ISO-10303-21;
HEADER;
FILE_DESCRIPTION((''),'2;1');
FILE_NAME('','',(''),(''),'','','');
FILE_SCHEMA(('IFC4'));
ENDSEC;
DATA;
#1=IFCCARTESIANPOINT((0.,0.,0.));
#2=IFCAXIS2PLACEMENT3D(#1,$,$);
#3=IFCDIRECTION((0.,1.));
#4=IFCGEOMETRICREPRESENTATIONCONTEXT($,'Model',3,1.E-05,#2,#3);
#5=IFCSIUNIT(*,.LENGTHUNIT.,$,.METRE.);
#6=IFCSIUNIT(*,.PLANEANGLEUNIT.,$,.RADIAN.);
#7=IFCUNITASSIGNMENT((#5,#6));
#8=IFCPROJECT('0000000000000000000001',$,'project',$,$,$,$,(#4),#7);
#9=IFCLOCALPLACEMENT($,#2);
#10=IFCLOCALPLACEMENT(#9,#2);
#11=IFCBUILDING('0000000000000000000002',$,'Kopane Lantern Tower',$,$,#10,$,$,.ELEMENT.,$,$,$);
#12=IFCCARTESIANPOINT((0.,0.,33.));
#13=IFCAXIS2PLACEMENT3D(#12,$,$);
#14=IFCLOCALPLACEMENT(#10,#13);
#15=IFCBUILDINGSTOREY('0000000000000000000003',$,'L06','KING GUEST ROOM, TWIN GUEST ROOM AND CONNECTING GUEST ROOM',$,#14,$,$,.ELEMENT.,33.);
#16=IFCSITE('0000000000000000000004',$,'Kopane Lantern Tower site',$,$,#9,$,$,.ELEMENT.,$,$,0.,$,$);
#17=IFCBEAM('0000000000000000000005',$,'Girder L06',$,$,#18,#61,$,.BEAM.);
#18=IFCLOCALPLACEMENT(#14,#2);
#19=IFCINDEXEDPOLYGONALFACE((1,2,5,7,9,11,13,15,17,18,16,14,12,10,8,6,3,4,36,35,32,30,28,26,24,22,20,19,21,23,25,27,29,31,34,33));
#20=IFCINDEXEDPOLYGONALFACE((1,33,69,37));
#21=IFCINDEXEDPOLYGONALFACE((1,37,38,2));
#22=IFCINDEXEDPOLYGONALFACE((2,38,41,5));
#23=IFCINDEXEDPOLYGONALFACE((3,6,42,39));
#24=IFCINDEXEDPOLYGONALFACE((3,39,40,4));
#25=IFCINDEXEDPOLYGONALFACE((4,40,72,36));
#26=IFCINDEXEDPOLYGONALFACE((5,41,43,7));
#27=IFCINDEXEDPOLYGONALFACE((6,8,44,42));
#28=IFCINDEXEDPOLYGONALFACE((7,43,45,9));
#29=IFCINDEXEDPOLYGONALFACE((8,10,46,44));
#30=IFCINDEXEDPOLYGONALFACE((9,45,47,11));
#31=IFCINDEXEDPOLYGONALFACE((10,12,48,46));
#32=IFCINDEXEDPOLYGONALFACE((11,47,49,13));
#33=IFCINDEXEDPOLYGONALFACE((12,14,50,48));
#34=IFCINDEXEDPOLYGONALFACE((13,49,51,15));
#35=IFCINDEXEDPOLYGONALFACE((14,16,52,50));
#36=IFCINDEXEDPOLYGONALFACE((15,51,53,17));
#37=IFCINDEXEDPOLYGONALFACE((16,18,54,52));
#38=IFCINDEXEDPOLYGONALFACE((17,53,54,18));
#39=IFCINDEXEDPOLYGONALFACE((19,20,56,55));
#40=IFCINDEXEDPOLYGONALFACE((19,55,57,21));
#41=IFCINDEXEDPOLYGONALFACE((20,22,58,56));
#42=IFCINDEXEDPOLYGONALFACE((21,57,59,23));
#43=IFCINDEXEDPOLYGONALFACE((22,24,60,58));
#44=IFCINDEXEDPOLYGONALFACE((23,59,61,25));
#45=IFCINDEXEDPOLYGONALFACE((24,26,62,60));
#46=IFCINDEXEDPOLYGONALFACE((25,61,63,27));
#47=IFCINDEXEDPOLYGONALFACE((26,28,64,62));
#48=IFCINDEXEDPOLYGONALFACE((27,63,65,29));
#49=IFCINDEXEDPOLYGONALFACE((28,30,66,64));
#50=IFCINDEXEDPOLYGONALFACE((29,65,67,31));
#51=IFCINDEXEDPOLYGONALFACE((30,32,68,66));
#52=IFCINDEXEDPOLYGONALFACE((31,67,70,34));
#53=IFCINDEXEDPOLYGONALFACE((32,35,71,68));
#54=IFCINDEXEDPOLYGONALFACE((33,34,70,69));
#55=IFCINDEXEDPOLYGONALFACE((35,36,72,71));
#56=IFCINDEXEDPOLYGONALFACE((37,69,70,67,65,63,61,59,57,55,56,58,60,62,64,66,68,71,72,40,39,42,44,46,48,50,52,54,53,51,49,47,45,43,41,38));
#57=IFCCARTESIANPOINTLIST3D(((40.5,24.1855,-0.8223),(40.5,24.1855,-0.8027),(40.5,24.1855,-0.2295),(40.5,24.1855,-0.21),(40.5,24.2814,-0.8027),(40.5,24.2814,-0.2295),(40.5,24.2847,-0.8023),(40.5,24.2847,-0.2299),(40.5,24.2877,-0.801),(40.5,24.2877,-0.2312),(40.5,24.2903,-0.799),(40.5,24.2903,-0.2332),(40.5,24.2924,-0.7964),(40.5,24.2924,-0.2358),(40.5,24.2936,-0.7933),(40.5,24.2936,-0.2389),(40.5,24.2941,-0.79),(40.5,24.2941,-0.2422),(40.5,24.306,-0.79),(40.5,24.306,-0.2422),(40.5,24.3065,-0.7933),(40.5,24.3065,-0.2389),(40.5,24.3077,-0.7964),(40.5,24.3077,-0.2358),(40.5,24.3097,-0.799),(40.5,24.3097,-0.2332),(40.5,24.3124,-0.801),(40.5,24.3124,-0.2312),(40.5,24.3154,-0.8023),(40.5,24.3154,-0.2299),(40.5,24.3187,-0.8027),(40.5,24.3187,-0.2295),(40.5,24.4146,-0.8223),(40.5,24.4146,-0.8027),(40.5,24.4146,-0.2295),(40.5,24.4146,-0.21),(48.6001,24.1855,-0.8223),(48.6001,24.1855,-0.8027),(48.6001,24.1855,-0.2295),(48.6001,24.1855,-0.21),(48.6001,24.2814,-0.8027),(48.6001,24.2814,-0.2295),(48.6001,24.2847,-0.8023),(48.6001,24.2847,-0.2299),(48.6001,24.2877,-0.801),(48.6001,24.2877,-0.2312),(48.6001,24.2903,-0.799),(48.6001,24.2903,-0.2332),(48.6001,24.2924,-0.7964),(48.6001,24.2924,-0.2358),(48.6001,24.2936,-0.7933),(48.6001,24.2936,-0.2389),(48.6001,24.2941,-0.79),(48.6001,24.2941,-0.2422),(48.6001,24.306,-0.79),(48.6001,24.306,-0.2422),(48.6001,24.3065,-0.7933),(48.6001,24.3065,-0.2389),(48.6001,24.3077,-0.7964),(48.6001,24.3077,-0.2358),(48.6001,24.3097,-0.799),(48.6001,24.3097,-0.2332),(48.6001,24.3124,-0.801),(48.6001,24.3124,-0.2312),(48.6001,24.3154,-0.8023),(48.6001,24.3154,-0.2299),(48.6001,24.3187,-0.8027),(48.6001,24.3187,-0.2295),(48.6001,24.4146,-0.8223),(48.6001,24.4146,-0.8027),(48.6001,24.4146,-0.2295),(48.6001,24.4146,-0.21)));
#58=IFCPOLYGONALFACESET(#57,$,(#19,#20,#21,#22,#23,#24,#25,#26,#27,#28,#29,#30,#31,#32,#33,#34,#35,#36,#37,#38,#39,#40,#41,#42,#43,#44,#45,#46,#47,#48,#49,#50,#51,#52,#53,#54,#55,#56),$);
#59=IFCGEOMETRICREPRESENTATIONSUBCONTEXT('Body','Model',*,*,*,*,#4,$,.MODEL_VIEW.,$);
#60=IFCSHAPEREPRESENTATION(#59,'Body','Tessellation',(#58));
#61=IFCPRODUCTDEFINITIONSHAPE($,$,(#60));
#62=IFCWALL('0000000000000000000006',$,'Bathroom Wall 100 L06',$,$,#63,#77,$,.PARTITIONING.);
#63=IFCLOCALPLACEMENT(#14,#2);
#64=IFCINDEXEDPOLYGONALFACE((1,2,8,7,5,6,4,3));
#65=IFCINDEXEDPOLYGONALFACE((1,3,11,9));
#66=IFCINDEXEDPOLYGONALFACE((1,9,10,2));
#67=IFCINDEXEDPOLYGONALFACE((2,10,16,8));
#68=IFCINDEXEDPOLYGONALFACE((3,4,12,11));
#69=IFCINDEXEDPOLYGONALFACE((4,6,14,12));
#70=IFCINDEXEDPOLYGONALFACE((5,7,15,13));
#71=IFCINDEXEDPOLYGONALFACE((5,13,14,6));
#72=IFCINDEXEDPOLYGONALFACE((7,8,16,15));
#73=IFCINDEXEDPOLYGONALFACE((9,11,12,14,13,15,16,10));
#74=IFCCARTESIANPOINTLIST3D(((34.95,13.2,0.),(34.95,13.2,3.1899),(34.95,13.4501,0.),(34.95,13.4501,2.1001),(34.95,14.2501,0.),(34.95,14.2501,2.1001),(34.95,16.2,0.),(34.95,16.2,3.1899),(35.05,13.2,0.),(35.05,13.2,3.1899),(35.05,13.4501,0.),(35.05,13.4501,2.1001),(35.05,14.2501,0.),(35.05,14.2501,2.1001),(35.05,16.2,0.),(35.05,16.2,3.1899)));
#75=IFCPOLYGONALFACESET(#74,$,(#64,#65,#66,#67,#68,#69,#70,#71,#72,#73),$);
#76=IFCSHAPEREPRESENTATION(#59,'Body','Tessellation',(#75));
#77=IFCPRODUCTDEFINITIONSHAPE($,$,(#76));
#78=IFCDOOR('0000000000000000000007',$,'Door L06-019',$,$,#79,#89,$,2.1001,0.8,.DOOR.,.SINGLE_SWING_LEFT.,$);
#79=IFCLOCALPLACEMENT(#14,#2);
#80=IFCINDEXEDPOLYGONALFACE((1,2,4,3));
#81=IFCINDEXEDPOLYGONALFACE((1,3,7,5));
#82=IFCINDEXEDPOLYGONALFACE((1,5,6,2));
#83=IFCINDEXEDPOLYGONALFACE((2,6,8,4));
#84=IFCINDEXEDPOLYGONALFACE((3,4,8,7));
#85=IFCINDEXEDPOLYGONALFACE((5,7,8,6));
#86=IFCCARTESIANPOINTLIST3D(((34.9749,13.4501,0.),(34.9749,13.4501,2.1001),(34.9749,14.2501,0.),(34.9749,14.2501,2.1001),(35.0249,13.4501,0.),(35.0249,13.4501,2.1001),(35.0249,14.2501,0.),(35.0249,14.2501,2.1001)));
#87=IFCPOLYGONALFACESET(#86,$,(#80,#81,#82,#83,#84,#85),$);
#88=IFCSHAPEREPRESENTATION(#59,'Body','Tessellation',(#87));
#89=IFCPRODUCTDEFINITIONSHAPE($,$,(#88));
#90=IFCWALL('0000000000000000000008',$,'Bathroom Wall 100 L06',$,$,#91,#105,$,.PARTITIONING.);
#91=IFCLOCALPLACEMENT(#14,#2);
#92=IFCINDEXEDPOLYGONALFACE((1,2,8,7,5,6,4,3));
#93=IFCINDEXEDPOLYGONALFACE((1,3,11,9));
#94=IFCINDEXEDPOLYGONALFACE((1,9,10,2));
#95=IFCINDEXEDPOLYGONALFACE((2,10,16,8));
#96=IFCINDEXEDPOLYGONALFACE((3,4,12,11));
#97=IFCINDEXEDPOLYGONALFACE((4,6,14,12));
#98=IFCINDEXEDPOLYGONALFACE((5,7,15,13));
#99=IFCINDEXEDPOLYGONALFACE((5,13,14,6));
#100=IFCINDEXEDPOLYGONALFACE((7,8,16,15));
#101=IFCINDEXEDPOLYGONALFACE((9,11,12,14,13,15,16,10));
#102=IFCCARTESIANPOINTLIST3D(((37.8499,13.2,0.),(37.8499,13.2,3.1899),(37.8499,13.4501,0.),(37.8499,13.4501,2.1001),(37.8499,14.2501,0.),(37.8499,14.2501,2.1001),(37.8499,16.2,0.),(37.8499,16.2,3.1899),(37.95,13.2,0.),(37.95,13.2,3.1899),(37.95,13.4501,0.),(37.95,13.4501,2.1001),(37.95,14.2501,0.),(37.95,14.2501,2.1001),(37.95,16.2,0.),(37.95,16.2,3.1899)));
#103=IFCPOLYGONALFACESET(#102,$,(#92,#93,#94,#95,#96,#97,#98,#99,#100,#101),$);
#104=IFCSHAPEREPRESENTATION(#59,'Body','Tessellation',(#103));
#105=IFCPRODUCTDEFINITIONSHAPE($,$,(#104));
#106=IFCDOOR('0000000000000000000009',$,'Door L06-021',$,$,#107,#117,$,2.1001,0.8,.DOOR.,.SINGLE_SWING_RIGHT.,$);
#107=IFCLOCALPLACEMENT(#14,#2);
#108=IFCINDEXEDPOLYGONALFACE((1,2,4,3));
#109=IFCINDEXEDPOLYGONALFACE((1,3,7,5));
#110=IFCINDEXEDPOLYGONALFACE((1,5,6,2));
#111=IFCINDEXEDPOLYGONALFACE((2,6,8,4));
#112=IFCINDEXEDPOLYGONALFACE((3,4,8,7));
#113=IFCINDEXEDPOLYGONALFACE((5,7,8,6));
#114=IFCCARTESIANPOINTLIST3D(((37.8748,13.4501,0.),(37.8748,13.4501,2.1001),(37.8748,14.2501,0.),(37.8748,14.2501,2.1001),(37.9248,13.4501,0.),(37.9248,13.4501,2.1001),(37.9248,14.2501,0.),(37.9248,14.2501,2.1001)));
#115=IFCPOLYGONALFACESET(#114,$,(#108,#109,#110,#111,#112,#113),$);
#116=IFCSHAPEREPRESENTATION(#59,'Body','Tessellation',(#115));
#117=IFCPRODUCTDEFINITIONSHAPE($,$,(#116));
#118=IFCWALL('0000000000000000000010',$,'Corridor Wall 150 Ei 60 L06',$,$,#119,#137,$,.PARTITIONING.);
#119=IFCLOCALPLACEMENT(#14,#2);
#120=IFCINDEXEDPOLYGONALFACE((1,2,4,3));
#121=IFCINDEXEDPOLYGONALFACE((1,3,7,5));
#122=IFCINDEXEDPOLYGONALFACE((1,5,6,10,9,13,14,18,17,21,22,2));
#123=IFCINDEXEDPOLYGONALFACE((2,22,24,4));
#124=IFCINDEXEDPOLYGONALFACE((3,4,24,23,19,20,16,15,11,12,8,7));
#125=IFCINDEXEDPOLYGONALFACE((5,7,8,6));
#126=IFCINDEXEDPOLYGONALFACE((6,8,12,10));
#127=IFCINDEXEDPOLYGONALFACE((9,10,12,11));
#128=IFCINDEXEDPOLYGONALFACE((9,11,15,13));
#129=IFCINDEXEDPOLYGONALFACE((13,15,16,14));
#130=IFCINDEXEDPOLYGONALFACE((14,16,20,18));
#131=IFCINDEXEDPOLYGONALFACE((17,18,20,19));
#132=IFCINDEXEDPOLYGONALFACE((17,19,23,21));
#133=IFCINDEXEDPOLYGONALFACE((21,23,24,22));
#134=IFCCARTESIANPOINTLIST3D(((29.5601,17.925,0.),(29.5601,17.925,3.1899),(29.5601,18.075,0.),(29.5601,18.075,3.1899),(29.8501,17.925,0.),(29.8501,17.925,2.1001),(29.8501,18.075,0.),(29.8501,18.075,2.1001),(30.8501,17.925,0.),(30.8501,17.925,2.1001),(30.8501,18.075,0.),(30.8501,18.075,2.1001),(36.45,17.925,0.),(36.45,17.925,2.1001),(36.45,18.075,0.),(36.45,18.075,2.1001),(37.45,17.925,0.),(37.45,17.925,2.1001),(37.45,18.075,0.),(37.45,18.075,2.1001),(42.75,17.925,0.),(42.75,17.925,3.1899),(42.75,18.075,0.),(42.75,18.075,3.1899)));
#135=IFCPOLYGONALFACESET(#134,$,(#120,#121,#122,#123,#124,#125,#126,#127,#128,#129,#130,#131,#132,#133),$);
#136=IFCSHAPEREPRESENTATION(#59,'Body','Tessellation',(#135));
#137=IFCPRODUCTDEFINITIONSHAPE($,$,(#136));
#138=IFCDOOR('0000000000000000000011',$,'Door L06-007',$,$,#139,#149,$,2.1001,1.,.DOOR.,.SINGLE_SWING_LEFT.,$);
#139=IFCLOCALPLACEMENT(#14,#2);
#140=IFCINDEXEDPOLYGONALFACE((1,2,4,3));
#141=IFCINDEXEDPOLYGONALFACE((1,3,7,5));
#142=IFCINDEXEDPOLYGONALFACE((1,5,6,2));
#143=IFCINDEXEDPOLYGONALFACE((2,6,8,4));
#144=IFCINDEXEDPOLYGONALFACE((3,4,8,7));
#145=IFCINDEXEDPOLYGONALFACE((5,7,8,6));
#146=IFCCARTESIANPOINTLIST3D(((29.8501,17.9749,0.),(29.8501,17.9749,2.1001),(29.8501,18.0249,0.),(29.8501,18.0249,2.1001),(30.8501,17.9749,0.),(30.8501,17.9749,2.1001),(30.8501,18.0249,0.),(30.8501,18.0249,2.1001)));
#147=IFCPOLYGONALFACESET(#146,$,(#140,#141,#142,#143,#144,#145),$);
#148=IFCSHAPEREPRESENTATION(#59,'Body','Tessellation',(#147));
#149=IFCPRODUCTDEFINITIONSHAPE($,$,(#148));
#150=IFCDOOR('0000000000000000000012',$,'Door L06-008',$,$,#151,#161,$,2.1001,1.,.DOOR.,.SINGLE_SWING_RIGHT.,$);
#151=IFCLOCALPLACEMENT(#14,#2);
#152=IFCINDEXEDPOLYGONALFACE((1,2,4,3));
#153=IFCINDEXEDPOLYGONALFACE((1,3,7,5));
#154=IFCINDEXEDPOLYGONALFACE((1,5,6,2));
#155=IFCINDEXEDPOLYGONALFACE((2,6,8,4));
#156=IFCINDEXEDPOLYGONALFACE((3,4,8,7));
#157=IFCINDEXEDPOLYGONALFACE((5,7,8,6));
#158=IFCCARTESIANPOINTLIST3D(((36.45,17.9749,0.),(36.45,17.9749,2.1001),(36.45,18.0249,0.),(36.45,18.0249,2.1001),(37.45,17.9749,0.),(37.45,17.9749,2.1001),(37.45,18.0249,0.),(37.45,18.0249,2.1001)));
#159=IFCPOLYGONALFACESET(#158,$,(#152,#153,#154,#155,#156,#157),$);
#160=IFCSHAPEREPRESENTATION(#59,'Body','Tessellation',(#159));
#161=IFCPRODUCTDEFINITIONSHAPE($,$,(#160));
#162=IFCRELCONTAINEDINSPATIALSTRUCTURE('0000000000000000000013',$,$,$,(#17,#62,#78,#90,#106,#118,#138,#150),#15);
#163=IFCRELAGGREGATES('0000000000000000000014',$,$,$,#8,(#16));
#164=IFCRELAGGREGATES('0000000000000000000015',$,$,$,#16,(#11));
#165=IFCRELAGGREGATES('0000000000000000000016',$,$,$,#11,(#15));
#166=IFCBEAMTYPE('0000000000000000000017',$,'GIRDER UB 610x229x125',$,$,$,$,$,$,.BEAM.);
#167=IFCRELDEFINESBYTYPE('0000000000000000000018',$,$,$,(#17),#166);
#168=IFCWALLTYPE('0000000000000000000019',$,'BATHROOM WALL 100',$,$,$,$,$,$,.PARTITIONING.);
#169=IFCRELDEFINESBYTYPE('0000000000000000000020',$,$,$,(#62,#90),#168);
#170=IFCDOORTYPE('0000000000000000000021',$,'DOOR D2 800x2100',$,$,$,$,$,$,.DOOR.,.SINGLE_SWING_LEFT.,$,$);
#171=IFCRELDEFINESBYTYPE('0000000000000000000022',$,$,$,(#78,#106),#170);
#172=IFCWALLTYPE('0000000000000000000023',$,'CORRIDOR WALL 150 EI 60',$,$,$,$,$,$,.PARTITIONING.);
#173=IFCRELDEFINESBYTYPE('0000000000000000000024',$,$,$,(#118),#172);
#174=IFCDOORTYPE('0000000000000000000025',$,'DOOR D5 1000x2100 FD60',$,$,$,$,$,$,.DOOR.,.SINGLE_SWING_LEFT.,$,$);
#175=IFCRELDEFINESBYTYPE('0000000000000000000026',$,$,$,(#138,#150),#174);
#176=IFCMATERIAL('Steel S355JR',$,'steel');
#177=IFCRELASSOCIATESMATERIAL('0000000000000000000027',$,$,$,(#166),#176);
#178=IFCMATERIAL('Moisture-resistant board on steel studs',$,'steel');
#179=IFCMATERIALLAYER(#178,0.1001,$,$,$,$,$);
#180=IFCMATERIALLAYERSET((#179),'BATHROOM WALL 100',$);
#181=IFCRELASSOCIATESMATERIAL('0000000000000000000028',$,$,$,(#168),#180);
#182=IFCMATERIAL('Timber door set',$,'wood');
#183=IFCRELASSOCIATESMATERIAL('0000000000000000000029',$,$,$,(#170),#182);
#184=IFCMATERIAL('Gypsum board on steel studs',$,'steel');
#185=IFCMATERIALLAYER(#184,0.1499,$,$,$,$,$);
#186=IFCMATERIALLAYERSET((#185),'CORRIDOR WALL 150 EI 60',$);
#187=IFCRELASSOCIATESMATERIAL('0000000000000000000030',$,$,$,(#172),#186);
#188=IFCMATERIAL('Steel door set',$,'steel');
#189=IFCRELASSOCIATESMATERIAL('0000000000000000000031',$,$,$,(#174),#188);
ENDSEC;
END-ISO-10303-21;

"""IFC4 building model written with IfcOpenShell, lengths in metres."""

from ifc_helpers import new_model, si_unit, direction, frame, frame_2d, origin, origin_2d, place, context, subcontext, project, spatial, rectangle, i_section, extrude, material, layer, layer_set, material_profile, profile_set, type_object, element, fill, save


model = new_model("IFC4")

# Units and contexts
model_context = context("Model", 3, precision=1e-05, world=origin(), true_north=direction((0.0, 1.0)))
body_context = subcontext(model_context, "Body", "Model", "MODEL_VIEW")
ifc_project = project(units=[si_unit("LENGTHUNIT", "METRE"), si_unit("PLANEANGLEUNIT", "RADIAN")], contexts=[model_context])

# Site, building, storey
site_placement = place(None, origin())
site = spatial("IfcSite", under=ifc_project, at=site_placement, Name="Kopane Lantern Tower site", CompositionType="ELEMENT", RefElevation=0.0)
building_placement = place(site_placement, origin())
building = spatial("IfcBuilding", under=site, at=building_placement, Name="Kopane Lantern Tower", CompositionType="ELEMENT")
storey_placement = place(building_placement, frame((0.0, 0.0, 33.0)))
storey = spatial("IfcBuildingStorey", under=building, at=storey_placement, Name="L06", Description="KING GUEST ROOM, TWIN GUEST ROOM AND CONNECTING GUEST ROOM", CompositionType="ELEMENT", Elevation=33.0)

# Beam
ifc_material_1 = material(Name="Steel S355JR", Category="steel")
ifc_material_profile_1 = material_profile(ifc_material_1, i_section(OverallWidth=0.229, OverallDepth=0.6123, WebThickness=0.012, FlangeThickness=0.0195, FilletRadius=0.0127, at=origin_2d()), Name="UB 610x229x125")
ifc_profile_set_1 = profile_set([ifc_material_profile_1], Name="Steel S355JR")
beam_type_1 = type_object("IfcBeamType", Name="GIRDER UB 610x229x125", PredefinedType="BEAM", material=ifc_profile_set_1)
beam_1_placement = place(storey_placement, frame((40.5, 24.3, -0.5161), z_axis=(1.0, 0.0, 0.0), x_axis=(0.0, 1.0, 0.0)))
element("IfcBeam", 1, at=beam_1_placement, inside=storey, type_object=beam_type_1, Name="Girder L06", PredefinedType="BEAM", context=body_context, shape_type="SweptSolid", body=[
    extrude(i_section(OverallWidth=0.229, OverallDepth=0.6123, WebThickness=0.012, FlangeThickness=0.0195, FilletRadius=0.0127, at=origin_2d()), origin(), (0.0, 0.0, 1.0), 8.1001),
])

# Walls, openings, doors
ifc_material_2 = material(Name="Moisture-resistant board on steel studs", Category="steel")
ifc_layer_1 = layer(ifc_material_2, 0.1001)
ifc_layer_set_1 = layer_set([ifc_layer_1], Name="BATHROOM WALL 100")
wall_type_1 = type_object("IfcWallType", Name="BATHROOM WALL 100", PredefinedType="PARTITIONING", material=ifc_layer_set_1)
wall_1_placement = place(storey_placement, frame((35.0, 16.2, 0.0), z_axis=(0.0, 0.0, 1.0), x_axis=(0.0, -1.0, 0.0)))
wall_1 = element("IfcWall", 2, at=wall_1_placement, inside=storey, type_object=wall_type_1, Name="Bathroom Wall 100 L06", PredefinedType="PARTITIONING", context=body_context, shape_type="SweptSolid", body=[
    extrude(rectangle(XDim=3.0, YDim=0.1001, at=frame_2d((1.5, 0.0))), origin(), (0.0, 0.0, 1.0), 3.1899),
])
opening_1_placement = place(wall_1_placement, frame((1.95, 0.0, 0.0)))
opening_1 = element("IfcOpeningElement", 3, at=opening_1_placement, cuts=wall_1, PredefinedType="OPENING", context=body_context, shape_type="SweptSolid", body=[
    extrude(rectangle(XDim=0.8, YDim=2.1001, at=frame_2d((0.3999, 1.05))), frame((0.0, 0.0601, 0.0), z_axis=(0.0, -1.0, 0.0), x_axis=(1.0, 0.0, 0.0)), (0.0, 0.0, 1.0), 0.1201),
])
ifc_material_3 = material(Name="Timber door set", Category="wood")
door_type_1 = type_object("IfcDoorType", Name="DOOR D2 800x2100", OperationType="SINGLE_SWING_LEFT", PredefinedType="DOOR", material=ifc_material_3)
door_1_placement = place(opening_1_placement, origin())
door_1 = element("IfcDoor", 4, at=door_1_placement, inside=storey, type_object=door_type_1, Name="Door L06-019", OperationType="SINGLE_SWING_LEFT", OverallHeight=2.1001, OverallWidth=0.8, PredefinedType="DOOR", context=body_context, shape_type="SweptSolid", body=[
    extrude(rectangle(XDim=0.8, YDim=2.1001, at=frame_2d((0.3999, 1.05))), frame((0.0, 0.0249, 0.0), z_axis=(0.0, -1.0, 0.0), x_axis=(1.0, 0.0, 0.0)), (0.0, 0.0, 1.0), 0.05),
])
fill(opening_1, door_1)
wall_2_placement = place(storey_placement, frame((37.8999, 16.2, 0.0), z_axis=(0.0, 0.0, 1.0), x_axis=(0.0, -1.0, 0.0)))
wall_2 = element("IfcWall", 5, at=wall_2_placement, inside=storey, type_object=wall_type_1, Name="Bathroom Wall 100 L06", PredefinedType="PARTITIONING", context=body_context, shape_type="SweptSolid", body=[
    extrude(rectangle(XDim=3.0, YDim=0.1001, at=frame_2d((1.5, 0.0))), origin(), (0.0, 0.0, 1.0), 3.1899),
])
opening_2_placement = place(wall_2_placement, frame((1.95, 0.0, 0.0)))
opening_2 = element("IfcOpeningElement", 6, at=opening_2_placement, cuts=wall_2, PredefinedType="OPENING", context=body_context, shape_type="SweptSolid", body=[
    extrude(rectangle(XDim=0.8, YDim=2.1001, at=frame_2d((0.3999, 1.05))), frame((0.0, 0.0601, 0.0), z_axis=(0.0, -1.0, 0.0), x_axis=(1.0, 0.0, 0.0)), (0.0, 0.0, 1.0), 0.1201),
])
door_2_placement = place(opening_2_placement, origin())
door_2 = element("IfcDoor", 7, at=door_2_placement, inside=storey, type_object=door_type_1, Name="Door L06-021", OperationType="SINGLE_SWING_RIGHT", OverallHeight=2.1001, OverallWidth=0.8, PredefinedType="DOOR", context=body_context, shape_type="SweptSolid", body=[
    extrude(rectangle(XDim=0.8, YDim=2.1001, at=frame_2d((0.3999, 1.05))), frame((0.0, 0.0249, 0.0), z_axis=(0.0, -1.0, 0.0), x_axis=(1.0, 0.0, 0.0)), (0.0, 0.0, 1.0), 0.05),
])
fill(opening_2, door_2)

# Wall, openings, doors
ifc_material_4 = material(Name="Gypsum board on steel studs", Category="steel")
ifc_layer_2 = layer(ifc_material_4, 0.1499)
ifc_layer_set_2 = layer_set([ifc_layer_2], Name="CORRIDOR WALL 150 EI 60")
wall_type_2 = type_object("IfcWallType", Name="CORRIDOR WALL 150 EI 60", PredefinedType="PARTITIONING", material=ifc_layer_set_2)
wall_3_placement = place(storey_placement, frame((29.5601, 18.0, 0.0), z_axis=(0.0, 0.0, 1.0), x_axis=(1.0, 0.0, 0.0)))
wall_3 = element("IfcWall", 8, at=wall_3_placement, inside=storey, type_object=wall_type_2, Name="Corridor Wall 150 Ei 60 L06", PredefinedType="PARTITIONING", context=body_context, shape_type="SweptSolid", body=[
    extrude(rectangle(XDim=13.1899, YDim=0.1499, at=frame_2d((6.595, 0.0))), origin(), (0.0, 0.0, 1.0), 3.1899),
])
opening_3_placement = place(wall_3_placement, frame((0.29, 0.0, 0.0)))
opening_3 = element("IfcOpeningElement", 9, at=opening_3_placement, cuts=wall_3, PredefinedType="OPENING", context=body_context, shape_type="SweptSolid", body=[
    extrude(rectangle(XDim=1.0, YDim=2.1001, at=frame_2d((0.5, 1.05))), frame((0.0, 0.085, 0.0), z_axis=(0.0, -1.0, 0.0), x_axis=(1.0, 0.0, 0.0)), (0.0, 0.0, 1.0), 0.1699),
])
opening_4_placement = place(wall_3_placement, frame((6.8899, 0.0, 0.0)))
opening_4 = element("IfcOpeningElement", 10, at=opening_4_placement, cuts=wall_3, PredefinedType="OPENING", context=body_context, shape_type="SweptSolid", body=[
    extrude(rectangle(XDim=1.0, YDim=2.1001, at=frame_2d((0.5, 1.05))), frame((0.0, 0.085, 0.0), z_axis=(0.0, -1.0, 0.0), x_axis=(1.0, 0.0, 0.0)), (0.0, 0.0, 1.0), 0.1699),
])
ifc_material_5 = material(Name="Steel door set", Category="steel")
door_type_2 = type_object("IfcDoorType", Name="DOOR D5 1000x2100 FD60", OperationType="SINGLE_SWING_LEFT", PredefinedType="DOOR", material=ifc_material_5)
door_3_placement = place(opening_3_placement, origin())
door_3 = element("IfcDoor", 11, at=door_3_placement, inside=storey, type_object=door_type_2, Name="Door L06-007", OperationType="SINGLE_SWING_LEFT", OverallHeight=2.1001, OverallWidth=1.0, PredefinedType="DOOR", context=body_context, shape_type="SweptSolid", body=[
    extrude(rectangle(XDim=1.0, YDim=2.1001, at=frame_2d((0.5, 1.05))), frame((0.0, 0.0249, 0.0), z_axis=(0.0, -1.0, 0.0), x_axis=(1.0, 0.0, 0.0)), (0.0, 0.0, 1.0), 0.05),
])
fill(opening_3, door_3)
door_4_placement = place(opening_4_placement, origin())
door_4 = element("IfcDoor", 12, at=door_4_placement, inside=storey, type_object=door_type_2, Name="Door L06-008", OperationType="SINGLE_SWING_RIGHT", OverallHeight=2.1001, OverallWidth=1.0, PredefinedType="DOOR", context=body_context, shape_type="SweptSolid", body=[
    extrude(rectangle(XDim=1.0, YDim=2.1001, at=frame_2d((0.5, 1.05))), frame((0.0, 0.0249, 0.0), z_axis=(0.0, -1.0, 0.0), x_axis=(1.0, 0.0, 0.0)), (0.0, 0.0, 1.0), 0.05),
])
fill(opening_4, door_4)

save(model, "model.ifc")
